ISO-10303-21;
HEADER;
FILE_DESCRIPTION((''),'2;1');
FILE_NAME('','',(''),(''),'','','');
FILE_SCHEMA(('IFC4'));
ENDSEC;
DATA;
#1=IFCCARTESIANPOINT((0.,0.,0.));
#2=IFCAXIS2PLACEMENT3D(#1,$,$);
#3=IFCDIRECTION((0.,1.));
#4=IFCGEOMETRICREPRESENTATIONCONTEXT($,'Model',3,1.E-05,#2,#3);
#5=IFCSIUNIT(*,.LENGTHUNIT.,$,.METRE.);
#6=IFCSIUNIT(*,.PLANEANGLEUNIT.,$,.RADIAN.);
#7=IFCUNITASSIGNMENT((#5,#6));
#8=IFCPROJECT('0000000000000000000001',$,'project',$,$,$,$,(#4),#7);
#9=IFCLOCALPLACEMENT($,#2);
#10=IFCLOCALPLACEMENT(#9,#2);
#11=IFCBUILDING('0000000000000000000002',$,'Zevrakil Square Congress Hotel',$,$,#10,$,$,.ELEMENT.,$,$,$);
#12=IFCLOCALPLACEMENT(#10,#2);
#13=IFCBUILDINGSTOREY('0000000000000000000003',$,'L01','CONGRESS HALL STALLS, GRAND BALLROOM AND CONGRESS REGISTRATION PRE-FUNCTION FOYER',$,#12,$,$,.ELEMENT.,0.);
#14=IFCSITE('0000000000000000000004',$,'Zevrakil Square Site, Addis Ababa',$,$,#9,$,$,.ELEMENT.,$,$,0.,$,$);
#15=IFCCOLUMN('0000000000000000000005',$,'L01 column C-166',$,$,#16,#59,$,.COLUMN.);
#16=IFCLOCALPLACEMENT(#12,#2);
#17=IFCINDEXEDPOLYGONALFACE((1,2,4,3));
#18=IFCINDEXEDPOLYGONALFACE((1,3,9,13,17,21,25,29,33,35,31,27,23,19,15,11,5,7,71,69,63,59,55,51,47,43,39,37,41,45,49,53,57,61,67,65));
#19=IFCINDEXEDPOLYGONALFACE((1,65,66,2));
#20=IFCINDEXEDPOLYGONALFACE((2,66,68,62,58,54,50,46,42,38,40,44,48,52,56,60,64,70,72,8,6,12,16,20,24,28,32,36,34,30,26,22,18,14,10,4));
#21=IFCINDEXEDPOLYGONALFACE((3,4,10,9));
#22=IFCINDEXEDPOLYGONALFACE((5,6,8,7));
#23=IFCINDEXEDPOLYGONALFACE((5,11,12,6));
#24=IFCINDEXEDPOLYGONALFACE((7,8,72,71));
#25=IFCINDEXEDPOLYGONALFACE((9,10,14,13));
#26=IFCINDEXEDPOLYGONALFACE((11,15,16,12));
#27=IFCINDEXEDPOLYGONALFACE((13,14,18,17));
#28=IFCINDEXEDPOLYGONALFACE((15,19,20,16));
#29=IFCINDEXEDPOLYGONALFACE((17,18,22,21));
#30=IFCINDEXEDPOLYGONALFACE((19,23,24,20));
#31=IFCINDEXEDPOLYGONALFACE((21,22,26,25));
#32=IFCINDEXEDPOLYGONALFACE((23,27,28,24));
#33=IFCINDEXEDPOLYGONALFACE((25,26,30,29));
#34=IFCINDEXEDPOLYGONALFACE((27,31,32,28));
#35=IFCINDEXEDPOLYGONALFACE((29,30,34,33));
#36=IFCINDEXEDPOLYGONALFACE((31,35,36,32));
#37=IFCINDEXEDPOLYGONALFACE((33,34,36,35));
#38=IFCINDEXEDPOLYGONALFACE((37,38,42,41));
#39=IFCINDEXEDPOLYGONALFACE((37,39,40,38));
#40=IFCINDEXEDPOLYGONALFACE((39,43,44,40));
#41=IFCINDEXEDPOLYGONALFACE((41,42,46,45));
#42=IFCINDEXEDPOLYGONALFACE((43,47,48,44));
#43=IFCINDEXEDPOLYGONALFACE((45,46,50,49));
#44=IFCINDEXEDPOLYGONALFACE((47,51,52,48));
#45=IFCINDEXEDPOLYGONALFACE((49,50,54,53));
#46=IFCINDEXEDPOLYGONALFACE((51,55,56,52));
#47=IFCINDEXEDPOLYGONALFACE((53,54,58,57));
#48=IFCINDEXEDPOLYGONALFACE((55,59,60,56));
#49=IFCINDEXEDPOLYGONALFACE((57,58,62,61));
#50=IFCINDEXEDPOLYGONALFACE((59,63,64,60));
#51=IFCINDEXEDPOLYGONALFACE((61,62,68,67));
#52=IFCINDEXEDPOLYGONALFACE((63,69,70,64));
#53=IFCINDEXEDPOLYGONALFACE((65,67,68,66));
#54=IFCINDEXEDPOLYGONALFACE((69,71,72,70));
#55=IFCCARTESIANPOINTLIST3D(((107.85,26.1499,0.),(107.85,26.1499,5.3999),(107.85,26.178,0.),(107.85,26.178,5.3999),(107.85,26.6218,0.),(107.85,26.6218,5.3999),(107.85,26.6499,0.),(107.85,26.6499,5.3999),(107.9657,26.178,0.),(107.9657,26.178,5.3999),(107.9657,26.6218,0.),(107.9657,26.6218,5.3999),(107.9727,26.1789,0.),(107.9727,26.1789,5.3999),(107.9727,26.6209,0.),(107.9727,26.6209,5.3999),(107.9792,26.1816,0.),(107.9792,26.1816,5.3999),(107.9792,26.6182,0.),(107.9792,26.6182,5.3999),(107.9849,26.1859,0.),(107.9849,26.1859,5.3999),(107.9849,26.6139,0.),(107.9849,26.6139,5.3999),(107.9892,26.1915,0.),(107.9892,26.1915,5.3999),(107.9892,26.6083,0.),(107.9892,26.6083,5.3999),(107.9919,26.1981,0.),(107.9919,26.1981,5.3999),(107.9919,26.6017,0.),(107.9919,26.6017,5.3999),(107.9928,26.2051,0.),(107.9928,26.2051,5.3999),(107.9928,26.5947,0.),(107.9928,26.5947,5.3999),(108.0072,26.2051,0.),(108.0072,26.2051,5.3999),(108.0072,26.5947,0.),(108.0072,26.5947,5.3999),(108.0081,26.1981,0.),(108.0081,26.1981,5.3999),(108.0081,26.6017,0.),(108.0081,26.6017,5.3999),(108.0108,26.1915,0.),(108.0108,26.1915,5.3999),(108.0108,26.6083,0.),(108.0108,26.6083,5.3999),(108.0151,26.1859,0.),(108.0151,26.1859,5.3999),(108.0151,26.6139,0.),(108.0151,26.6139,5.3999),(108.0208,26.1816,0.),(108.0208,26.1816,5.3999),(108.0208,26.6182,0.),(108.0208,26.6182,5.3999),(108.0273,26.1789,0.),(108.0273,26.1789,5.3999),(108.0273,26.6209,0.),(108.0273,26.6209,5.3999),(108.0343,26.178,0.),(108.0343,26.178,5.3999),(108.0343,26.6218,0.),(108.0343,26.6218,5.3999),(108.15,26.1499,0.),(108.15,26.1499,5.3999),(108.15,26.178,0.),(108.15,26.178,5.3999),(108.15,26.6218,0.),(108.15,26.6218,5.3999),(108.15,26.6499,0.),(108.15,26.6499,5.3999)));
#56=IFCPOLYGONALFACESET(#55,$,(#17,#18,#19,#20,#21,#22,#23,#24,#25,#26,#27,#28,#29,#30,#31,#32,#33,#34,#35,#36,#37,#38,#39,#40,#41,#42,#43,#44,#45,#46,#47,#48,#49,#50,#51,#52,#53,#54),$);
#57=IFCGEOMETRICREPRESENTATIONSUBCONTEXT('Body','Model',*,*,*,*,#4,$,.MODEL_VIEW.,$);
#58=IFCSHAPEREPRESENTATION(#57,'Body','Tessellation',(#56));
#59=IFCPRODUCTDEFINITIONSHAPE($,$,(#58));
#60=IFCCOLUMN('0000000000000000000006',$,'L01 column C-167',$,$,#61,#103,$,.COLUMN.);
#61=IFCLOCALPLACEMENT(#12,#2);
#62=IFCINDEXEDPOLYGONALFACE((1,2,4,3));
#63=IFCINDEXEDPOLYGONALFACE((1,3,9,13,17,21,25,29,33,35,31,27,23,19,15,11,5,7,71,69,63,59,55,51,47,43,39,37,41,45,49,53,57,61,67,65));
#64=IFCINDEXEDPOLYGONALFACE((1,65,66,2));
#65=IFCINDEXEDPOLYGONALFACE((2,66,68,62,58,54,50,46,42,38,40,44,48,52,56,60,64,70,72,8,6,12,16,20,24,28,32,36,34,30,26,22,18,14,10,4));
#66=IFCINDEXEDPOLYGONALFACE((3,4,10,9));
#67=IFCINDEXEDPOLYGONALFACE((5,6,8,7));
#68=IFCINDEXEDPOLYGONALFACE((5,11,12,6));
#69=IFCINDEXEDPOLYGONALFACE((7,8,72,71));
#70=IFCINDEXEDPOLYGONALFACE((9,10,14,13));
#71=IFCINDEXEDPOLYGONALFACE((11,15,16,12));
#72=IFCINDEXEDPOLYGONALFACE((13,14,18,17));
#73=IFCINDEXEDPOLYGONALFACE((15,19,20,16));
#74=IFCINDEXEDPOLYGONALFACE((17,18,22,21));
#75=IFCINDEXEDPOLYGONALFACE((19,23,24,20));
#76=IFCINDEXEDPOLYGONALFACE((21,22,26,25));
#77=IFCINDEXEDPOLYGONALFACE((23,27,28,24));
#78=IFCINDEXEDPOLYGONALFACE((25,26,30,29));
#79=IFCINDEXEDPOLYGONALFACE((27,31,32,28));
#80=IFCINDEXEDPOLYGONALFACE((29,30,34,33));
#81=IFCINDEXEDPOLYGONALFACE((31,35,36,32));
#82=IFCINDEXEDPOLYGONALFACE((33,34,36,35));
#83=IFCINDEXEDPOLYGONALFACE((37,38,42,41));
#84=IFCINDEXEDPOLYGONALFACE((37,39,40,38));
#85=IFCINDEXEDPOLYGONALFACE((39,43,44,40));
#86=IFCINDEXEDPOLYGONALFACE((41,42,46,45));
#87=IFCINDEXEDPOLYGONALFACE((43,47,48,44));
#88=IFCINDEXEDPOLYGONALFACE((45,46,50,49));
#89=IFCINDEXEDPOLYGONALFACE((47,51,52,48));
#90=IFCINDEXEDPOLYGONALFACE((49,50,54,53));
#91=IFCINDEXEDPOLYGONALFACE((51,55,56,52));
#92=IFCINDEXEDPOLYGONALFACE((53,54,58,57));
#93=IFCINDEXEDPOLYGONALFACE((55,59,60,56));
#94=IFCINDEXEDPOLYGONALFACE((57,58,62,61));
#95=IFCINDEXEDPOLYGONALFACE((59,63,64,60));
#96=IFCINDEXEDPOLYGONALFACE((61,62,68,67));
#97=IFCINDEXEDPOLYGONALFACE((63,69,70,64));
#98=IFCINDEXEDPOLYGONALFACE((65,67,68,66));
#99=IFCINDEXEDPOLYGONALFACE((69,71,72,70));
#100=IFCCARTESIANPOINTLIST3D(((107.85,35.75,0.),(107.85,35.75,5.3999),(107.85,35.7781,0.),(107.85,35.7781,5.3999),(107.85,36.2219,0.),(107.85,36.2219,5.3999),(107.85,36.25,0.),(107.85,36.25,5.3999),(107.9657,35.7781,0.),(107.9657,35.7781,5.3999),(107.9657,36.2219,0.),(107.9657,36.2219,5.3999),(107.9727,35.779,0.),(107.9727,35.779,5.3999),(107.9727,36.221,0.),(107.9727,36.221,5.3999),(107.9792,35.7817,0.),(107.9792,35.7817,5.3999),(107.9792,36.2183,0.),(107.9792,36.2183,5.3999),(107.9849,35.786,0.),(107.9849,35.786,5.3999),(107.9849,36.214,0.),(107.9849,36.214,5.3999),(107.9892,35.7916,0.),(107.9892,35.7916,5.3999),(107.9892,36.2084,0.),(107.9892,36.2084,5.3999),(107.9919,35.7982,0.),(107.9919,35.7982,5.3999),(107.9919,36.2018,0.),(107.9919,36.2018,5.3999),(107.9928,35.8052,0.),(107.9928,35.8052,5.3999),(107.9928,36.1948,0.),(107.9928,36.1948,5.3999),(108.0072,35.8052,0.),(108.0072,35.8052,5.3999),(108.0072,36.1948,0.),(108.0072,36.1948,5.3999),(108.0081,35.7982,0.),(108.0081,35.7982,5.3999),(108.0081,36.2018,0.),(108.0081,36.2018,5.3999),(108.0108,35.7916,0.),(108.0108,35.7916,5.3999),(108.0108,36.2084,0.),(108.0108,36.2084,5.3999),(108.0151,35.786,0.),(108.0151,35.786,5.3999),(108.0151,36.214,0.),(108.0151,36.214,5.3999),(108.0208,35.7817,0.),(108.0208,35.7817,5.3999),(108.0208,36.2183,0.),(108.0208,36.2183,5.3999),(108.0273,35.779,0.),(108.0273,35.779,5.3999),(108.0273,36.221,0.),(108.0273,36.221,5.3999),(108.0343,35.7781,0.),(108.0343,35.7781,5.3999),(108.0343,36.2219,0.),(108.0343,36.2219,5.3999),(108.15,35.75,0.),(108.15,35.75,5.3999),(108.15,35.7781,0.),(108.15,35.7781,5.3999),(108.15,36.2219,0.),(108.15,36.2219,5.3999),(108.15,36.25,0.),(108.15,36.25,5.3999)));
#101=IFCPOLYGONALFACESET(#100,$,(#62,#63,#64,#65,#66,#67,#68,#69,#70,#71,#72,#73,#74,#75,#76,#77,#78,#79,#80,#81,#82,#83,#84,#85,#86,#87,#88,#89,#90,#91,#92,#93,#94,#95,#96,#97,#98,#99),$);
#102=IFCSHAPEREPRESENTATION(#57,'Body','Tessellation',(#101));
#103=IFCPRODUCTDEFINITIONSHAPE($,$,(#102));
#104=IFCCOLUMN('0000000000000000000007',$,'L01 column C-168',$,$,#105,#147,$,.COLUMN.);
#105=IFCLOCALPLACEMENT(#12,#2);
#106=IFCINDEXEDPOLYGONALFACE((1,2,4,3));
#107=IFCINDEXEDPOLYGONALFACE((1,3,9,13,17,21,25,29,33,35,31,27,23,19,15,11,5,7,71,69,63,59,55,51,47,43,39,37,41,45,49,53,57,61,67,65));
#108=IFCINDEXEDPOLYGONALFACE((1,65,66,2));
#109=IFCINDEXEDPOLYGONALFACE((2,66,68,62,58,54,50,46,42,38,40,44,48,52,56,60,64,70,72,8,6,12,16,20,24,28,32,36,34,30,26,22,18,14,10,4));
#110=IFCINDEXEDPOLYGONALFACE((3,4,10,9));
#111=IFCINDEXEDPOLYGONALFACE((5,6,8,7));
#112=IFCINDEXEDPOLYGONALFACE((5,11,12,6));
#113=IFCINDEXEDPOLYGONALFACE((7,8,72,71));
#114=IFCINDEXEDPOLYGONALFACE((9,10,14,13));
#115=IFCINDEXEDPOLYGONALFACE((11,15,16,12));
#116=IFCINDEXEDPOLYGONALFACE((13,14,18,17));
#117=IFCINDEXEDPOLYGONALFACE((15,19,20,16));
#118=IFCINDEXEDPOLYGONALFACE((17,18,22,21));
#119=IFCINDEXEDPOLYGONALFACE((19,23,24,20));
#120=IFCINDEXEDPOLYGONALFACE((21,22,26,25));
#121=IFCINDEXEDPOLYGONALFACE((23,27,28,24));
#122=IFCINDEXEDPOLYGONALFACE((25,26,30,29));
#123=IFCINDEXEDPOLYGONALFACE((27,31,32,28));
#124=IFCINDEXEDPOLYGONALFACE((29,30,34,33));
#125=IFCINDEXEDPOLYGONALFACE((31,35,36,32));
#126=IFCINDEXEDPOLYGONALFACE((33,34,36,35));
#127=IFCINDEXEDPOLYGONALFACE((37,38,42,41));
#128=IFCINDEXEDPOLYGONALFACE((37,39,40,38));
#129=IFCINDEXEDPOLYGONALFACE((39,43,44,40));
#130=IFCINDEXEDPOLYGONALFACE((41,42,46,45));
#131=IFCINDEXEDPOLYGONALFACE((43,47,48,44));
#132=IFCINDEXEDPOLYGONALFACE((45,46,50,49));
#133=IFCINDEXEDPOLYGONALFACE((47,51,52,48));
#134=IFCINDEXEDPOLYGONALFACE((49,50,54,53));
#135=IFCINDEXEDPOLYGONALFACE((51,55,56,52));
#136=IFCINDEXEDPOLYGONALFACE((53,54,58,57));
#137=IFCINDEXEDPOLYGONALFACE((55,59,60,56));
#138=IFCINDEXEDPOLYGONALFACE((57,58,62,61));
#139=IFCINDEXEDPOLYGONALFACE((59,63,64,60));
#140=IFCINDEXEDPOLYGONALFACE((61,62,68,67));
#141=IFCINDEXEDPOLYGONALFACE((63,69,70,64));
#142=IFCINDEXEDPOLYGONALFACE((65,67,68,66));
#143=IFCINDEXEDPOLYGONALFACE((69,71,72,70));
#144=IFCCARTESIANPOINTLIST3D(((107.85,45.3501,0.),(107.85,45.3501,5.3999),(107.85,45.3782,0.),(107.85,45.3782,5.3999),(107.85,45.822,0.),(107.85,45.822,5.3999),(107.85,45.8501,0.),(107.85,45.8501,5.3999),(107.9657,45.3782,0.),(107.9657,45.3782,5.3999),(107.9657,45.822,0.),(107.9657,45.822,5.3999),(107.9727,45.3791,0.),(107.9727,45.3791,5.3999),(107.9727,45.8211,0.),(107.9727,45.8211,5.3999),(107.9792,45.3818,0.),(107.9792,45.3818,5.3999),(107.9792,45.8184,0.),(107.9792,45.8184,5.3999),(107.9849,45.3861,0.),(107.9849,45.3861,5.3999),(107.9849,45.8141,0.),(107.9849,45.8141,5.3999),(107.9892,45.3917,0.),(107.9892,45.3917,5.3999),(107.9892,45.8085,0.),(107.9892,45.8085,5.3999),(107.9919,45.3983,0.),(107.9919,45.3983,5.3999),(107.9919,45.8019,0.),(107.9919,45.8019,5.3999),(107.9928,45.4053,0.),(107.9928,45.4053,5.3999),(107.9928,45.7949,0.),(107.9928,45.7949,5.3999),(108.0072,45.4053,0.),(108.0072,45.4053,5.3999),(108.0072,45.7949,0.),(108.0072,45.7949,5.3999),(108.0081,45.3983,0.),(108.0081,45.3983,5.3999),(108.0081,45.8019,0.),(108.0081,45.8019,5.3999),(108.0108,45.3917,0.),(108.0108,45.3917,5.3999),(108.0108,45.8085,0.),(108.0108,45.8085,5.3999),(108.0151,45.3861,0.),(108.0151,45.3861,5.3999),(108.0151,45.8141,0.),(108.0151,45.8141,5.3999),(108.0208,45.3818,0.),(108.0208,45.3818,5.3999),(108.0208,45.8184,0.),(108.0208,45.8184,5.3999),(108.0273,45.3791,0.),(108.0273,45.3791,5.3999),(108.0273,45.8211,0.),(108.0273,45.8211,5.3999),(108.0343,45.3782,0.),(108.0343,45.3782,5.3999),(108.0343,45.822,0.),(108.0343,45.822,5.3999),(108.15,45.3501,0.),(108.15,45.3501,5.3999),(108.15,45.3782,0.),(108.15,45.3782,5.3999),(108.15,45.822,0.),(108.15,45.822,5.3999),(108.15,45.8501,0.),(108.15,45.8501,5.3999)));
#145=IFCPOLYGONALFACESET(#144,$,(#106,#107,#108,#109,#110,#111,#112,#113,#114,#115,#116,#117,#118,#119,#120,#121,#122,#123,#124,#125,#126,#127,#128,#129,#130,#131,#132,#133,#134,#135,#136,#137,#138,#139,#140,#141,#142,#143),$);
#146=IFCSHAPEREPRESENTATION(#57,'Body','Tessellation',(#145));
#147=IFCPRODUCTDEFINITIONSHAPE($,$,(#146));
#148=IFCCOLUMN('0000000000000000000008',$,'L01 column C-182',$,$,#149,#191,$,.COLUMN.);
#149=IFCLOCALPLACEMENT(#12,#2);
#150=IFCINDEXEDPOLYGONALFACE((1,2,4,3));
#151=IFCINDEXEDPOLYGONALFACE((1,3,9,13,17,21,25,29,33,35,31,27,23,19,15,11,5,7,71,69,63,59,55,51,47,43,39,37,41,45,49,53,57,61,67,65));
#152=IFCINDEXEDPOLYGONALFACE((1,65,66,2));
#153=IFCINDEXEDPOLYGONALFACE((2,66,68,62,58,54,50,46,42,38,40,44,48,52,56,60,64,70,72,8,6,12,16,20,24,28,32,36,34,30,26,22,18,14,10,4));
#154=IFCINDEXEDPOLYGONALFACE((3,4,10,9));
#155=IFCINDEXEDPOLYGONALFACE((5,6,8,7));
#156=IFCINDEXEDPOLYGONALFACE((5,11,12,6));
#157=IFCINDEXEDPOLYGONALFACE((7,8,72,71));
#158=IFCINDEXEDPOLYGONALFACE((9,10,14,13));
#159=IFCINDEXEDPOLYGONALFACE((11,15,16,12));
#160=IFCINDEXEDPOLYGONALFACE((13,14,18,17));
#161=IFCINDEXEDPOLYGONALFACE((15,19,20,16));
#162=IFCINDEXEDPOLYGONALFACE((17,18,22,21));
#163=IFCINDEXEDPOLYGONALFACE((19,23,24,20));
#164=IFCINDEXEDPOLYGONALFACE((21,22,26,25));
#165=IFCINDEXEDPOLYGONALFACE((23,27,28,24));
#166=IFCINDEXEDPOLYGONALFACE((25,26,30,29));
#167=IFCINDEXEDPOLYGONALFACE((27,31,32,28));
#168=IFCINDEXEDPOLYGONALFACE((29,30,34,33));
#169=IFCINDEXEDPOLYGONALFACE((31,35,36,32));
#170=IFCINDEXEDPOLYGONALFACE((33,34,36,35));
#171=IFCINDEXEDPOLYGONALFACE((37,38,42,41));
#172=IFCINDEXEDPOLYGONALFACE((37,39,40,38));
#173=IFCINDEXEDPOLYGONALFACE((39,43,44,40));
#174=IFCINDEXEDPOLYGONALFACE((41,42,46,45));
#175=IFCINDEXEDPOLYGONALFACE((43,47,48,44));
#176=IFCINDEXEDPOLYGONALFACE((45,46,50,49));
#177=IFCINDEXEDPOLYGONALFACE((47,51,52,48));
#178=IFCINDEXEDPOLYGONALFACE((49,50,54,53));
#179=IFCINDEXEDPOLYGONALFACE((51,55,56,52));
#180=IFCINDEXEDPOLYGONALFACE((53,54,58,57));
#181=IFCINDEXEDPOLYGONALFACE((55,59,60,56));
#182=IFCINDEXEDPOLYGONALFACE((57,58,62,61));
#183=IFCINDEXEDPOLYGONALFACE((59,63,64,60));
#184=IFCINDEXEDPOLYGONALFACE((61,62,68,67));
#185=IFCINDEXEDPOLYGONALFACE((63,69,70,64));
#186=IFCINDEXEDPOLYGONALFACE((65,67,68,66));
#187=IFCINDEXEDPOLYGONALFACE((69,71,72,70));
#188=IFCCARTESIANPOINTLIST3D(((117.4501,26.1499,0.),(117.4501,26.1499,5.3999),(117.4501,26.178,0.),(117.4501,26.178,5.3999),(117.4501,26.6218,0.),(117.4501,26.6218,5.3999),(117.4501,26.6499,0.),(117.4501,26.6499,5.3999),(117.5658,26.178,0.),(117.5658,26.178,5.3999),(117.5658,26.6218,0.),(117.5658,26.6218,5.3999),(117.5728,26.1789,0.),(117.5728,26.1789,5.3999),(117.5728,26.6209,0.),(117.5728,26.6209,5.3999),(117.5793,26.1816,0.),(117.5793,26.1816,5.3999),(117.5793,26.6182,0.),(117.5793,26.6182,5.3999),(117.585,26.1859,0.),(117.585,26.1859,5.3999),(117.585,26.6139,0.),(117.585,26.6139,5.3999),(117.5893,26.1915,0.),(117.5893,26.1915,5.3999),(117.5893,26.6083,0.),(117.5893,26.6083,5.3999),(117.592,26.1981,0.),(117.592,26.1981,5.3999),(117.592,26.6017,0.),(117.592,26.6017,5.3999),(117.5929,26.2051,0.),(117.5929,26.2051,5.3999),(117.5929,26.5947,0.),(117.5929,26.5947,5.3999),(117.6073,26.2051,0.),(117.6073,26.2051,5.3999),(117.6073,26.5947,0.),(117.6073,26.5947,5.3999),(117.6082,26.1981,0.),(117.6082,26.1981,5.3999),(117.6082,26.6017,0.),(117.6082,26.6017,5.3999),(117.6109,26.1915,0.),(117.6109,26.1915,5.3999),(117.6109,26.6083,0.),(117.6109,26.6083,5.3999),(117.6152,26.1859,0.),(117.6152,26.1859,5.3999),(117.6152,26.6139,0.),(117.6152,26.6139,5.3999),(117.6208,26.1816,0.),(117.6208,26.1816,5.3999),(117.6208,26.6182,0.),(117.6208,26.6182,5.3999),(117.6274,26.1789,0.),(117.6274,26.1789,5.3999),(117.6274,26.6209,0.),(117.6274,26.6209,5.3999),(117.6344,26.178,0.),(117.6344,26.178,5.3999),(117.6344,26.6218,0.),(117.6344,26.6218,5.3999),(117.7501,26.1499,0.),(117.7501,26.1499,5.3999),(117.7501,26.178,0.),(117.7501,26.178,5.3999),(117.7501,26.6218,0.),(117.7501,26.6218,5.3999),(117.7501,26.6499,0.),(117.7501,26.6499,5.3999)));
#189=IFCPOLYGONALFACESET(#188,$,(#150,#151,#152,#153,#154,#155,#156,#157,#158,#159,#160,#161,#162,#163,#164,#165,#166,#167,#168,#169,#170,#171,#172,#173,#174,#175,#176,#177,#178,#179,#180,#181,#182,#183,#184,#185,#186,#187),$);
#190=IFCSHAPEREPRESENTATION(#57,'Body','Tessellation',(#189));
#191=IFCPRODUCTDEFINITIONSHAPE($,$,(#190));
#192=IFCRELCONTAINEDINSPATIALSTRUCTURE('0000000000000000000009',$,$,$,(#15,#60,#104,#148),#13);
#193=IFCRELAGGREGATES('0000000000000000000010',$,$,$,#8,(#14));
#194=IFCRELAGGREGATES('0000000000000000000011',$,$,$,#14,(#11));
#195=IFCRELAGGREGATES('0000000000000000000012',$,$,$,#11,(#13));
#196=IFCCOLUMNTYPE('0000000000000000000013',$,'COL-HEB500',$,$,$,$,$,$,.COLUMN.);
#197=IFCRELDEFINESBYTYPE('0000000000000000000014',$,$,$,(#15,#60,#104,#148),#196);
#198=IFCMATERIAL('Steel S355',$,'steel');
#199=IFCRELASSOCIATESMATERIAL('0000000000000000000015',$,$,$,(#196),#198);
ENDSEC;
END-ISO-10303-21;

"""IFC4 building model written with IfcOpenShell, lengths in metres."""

from ifc_helpers import new_model, si_unit, direction, frame, origin, origin_2d, place, context, subcontext, project, spatial, i_section, extrude, material, material_profile, profile_set, type_object, element, save


model = new_model("IFC4")

# Units and contexts
model_context = context("Model", 3, precision=1e-05, world=origin(), true_north=direction((0.0, 1.0)))
body_context = subcontext(model_context, "Body", "Model", "MODEL_VIEW")
ifc_project = project(units=[si_unit("LENGTHUNIT", "METRE"), si_unit("PLANEANGLEUNIT", "RADIAN")], contexts=[model_context])

# Site, building, storey
site_placement = place(None, origin())
site = spatial("IfcSite", under=ifc_project, at=site_placement, Name="Zevrakil Square Site, Addis Ababa", CompositionType="ELEMENT", RefElevation=0.0)
building_placement = place(site_placement, origin())
building = spatial("IfcBuilding", under=site, at=building_placement, Name="Zevrakil Square Congress Hotel", CompositionType="ELEMENT")
storey_placement = place(building_placement, origin())
storey = spatial("IfcBuildingStorey", under=building, at=storey_placement, Name="L01", Description="CONGRESS HALL STALLS, GRAND BALLROOM AND CONGRESS REGISTRATION PRE-FUNCTION FOYER", CompositionType="ELEMENT", Elevation=0.0)

# Columns
ifc_material_1 = material(Name="Steel S355", Category="steel")
ifc_material_profile_1 = material_profile(ifc_material_1, i_section(OverallWidth=0.3, OverallDepth=0.5, WebThickness=0.0144, FlangeThickness=0.0281, FilletRadius=0.0271, at=origin_2d()), Name="HEB 500")
ifc_profile_set_1 = profile_set([ifc_material_profile_1], Name="Steel S355")
column_type_1 = type_object("IfcColumnType", Name="COL-HEB500", PredefinedType="COLUMN", material=ifc_profile_set_1)
for number, where, z_axis, x_axis, name in (
    (1, (108.0, 26.3999, 0.0), (0.0, 0.0, 1.0), (1.0, 0.0, 0.0), "L01 column C-166"),
    (2, (108.0, 36.0, 0.0), (0.0, 0.0, 1.0), (1.0, 0.0, 0.0), "L01 column C-167"),
    (3, (108.0, 45.6001, 0.0), (0.0, 0.0, 1.0), (1.0, 0.0, 0.0), "L01 column C-168"),
    (4, (117.6001, 26.3999, 0.0), (0.0, 0.0, 1.0), (1.0, 0.0, 0.0), "L01 column C-182"),
):
    element("IfcColumn", number, at=place(storey_placement, frame(where, z_axis=z_axis, x_axis=x_axis)), inside=storey, type_object=column_type_1, Name=name, PredefinedType="COLUMN", context=body_context, shape_type="SweptSolid", body=[
        extrude(i_section(OverallWidth=0.3, OverallDepth=0.5, WebThickness=0.0144, FlangeThickness=0.0281, FilletRadius=0.0271, at=origin_2d()), origin(), (0.0, 0.0, 1.0), 5.3999),
    ])

save(model, "model.ifc")
